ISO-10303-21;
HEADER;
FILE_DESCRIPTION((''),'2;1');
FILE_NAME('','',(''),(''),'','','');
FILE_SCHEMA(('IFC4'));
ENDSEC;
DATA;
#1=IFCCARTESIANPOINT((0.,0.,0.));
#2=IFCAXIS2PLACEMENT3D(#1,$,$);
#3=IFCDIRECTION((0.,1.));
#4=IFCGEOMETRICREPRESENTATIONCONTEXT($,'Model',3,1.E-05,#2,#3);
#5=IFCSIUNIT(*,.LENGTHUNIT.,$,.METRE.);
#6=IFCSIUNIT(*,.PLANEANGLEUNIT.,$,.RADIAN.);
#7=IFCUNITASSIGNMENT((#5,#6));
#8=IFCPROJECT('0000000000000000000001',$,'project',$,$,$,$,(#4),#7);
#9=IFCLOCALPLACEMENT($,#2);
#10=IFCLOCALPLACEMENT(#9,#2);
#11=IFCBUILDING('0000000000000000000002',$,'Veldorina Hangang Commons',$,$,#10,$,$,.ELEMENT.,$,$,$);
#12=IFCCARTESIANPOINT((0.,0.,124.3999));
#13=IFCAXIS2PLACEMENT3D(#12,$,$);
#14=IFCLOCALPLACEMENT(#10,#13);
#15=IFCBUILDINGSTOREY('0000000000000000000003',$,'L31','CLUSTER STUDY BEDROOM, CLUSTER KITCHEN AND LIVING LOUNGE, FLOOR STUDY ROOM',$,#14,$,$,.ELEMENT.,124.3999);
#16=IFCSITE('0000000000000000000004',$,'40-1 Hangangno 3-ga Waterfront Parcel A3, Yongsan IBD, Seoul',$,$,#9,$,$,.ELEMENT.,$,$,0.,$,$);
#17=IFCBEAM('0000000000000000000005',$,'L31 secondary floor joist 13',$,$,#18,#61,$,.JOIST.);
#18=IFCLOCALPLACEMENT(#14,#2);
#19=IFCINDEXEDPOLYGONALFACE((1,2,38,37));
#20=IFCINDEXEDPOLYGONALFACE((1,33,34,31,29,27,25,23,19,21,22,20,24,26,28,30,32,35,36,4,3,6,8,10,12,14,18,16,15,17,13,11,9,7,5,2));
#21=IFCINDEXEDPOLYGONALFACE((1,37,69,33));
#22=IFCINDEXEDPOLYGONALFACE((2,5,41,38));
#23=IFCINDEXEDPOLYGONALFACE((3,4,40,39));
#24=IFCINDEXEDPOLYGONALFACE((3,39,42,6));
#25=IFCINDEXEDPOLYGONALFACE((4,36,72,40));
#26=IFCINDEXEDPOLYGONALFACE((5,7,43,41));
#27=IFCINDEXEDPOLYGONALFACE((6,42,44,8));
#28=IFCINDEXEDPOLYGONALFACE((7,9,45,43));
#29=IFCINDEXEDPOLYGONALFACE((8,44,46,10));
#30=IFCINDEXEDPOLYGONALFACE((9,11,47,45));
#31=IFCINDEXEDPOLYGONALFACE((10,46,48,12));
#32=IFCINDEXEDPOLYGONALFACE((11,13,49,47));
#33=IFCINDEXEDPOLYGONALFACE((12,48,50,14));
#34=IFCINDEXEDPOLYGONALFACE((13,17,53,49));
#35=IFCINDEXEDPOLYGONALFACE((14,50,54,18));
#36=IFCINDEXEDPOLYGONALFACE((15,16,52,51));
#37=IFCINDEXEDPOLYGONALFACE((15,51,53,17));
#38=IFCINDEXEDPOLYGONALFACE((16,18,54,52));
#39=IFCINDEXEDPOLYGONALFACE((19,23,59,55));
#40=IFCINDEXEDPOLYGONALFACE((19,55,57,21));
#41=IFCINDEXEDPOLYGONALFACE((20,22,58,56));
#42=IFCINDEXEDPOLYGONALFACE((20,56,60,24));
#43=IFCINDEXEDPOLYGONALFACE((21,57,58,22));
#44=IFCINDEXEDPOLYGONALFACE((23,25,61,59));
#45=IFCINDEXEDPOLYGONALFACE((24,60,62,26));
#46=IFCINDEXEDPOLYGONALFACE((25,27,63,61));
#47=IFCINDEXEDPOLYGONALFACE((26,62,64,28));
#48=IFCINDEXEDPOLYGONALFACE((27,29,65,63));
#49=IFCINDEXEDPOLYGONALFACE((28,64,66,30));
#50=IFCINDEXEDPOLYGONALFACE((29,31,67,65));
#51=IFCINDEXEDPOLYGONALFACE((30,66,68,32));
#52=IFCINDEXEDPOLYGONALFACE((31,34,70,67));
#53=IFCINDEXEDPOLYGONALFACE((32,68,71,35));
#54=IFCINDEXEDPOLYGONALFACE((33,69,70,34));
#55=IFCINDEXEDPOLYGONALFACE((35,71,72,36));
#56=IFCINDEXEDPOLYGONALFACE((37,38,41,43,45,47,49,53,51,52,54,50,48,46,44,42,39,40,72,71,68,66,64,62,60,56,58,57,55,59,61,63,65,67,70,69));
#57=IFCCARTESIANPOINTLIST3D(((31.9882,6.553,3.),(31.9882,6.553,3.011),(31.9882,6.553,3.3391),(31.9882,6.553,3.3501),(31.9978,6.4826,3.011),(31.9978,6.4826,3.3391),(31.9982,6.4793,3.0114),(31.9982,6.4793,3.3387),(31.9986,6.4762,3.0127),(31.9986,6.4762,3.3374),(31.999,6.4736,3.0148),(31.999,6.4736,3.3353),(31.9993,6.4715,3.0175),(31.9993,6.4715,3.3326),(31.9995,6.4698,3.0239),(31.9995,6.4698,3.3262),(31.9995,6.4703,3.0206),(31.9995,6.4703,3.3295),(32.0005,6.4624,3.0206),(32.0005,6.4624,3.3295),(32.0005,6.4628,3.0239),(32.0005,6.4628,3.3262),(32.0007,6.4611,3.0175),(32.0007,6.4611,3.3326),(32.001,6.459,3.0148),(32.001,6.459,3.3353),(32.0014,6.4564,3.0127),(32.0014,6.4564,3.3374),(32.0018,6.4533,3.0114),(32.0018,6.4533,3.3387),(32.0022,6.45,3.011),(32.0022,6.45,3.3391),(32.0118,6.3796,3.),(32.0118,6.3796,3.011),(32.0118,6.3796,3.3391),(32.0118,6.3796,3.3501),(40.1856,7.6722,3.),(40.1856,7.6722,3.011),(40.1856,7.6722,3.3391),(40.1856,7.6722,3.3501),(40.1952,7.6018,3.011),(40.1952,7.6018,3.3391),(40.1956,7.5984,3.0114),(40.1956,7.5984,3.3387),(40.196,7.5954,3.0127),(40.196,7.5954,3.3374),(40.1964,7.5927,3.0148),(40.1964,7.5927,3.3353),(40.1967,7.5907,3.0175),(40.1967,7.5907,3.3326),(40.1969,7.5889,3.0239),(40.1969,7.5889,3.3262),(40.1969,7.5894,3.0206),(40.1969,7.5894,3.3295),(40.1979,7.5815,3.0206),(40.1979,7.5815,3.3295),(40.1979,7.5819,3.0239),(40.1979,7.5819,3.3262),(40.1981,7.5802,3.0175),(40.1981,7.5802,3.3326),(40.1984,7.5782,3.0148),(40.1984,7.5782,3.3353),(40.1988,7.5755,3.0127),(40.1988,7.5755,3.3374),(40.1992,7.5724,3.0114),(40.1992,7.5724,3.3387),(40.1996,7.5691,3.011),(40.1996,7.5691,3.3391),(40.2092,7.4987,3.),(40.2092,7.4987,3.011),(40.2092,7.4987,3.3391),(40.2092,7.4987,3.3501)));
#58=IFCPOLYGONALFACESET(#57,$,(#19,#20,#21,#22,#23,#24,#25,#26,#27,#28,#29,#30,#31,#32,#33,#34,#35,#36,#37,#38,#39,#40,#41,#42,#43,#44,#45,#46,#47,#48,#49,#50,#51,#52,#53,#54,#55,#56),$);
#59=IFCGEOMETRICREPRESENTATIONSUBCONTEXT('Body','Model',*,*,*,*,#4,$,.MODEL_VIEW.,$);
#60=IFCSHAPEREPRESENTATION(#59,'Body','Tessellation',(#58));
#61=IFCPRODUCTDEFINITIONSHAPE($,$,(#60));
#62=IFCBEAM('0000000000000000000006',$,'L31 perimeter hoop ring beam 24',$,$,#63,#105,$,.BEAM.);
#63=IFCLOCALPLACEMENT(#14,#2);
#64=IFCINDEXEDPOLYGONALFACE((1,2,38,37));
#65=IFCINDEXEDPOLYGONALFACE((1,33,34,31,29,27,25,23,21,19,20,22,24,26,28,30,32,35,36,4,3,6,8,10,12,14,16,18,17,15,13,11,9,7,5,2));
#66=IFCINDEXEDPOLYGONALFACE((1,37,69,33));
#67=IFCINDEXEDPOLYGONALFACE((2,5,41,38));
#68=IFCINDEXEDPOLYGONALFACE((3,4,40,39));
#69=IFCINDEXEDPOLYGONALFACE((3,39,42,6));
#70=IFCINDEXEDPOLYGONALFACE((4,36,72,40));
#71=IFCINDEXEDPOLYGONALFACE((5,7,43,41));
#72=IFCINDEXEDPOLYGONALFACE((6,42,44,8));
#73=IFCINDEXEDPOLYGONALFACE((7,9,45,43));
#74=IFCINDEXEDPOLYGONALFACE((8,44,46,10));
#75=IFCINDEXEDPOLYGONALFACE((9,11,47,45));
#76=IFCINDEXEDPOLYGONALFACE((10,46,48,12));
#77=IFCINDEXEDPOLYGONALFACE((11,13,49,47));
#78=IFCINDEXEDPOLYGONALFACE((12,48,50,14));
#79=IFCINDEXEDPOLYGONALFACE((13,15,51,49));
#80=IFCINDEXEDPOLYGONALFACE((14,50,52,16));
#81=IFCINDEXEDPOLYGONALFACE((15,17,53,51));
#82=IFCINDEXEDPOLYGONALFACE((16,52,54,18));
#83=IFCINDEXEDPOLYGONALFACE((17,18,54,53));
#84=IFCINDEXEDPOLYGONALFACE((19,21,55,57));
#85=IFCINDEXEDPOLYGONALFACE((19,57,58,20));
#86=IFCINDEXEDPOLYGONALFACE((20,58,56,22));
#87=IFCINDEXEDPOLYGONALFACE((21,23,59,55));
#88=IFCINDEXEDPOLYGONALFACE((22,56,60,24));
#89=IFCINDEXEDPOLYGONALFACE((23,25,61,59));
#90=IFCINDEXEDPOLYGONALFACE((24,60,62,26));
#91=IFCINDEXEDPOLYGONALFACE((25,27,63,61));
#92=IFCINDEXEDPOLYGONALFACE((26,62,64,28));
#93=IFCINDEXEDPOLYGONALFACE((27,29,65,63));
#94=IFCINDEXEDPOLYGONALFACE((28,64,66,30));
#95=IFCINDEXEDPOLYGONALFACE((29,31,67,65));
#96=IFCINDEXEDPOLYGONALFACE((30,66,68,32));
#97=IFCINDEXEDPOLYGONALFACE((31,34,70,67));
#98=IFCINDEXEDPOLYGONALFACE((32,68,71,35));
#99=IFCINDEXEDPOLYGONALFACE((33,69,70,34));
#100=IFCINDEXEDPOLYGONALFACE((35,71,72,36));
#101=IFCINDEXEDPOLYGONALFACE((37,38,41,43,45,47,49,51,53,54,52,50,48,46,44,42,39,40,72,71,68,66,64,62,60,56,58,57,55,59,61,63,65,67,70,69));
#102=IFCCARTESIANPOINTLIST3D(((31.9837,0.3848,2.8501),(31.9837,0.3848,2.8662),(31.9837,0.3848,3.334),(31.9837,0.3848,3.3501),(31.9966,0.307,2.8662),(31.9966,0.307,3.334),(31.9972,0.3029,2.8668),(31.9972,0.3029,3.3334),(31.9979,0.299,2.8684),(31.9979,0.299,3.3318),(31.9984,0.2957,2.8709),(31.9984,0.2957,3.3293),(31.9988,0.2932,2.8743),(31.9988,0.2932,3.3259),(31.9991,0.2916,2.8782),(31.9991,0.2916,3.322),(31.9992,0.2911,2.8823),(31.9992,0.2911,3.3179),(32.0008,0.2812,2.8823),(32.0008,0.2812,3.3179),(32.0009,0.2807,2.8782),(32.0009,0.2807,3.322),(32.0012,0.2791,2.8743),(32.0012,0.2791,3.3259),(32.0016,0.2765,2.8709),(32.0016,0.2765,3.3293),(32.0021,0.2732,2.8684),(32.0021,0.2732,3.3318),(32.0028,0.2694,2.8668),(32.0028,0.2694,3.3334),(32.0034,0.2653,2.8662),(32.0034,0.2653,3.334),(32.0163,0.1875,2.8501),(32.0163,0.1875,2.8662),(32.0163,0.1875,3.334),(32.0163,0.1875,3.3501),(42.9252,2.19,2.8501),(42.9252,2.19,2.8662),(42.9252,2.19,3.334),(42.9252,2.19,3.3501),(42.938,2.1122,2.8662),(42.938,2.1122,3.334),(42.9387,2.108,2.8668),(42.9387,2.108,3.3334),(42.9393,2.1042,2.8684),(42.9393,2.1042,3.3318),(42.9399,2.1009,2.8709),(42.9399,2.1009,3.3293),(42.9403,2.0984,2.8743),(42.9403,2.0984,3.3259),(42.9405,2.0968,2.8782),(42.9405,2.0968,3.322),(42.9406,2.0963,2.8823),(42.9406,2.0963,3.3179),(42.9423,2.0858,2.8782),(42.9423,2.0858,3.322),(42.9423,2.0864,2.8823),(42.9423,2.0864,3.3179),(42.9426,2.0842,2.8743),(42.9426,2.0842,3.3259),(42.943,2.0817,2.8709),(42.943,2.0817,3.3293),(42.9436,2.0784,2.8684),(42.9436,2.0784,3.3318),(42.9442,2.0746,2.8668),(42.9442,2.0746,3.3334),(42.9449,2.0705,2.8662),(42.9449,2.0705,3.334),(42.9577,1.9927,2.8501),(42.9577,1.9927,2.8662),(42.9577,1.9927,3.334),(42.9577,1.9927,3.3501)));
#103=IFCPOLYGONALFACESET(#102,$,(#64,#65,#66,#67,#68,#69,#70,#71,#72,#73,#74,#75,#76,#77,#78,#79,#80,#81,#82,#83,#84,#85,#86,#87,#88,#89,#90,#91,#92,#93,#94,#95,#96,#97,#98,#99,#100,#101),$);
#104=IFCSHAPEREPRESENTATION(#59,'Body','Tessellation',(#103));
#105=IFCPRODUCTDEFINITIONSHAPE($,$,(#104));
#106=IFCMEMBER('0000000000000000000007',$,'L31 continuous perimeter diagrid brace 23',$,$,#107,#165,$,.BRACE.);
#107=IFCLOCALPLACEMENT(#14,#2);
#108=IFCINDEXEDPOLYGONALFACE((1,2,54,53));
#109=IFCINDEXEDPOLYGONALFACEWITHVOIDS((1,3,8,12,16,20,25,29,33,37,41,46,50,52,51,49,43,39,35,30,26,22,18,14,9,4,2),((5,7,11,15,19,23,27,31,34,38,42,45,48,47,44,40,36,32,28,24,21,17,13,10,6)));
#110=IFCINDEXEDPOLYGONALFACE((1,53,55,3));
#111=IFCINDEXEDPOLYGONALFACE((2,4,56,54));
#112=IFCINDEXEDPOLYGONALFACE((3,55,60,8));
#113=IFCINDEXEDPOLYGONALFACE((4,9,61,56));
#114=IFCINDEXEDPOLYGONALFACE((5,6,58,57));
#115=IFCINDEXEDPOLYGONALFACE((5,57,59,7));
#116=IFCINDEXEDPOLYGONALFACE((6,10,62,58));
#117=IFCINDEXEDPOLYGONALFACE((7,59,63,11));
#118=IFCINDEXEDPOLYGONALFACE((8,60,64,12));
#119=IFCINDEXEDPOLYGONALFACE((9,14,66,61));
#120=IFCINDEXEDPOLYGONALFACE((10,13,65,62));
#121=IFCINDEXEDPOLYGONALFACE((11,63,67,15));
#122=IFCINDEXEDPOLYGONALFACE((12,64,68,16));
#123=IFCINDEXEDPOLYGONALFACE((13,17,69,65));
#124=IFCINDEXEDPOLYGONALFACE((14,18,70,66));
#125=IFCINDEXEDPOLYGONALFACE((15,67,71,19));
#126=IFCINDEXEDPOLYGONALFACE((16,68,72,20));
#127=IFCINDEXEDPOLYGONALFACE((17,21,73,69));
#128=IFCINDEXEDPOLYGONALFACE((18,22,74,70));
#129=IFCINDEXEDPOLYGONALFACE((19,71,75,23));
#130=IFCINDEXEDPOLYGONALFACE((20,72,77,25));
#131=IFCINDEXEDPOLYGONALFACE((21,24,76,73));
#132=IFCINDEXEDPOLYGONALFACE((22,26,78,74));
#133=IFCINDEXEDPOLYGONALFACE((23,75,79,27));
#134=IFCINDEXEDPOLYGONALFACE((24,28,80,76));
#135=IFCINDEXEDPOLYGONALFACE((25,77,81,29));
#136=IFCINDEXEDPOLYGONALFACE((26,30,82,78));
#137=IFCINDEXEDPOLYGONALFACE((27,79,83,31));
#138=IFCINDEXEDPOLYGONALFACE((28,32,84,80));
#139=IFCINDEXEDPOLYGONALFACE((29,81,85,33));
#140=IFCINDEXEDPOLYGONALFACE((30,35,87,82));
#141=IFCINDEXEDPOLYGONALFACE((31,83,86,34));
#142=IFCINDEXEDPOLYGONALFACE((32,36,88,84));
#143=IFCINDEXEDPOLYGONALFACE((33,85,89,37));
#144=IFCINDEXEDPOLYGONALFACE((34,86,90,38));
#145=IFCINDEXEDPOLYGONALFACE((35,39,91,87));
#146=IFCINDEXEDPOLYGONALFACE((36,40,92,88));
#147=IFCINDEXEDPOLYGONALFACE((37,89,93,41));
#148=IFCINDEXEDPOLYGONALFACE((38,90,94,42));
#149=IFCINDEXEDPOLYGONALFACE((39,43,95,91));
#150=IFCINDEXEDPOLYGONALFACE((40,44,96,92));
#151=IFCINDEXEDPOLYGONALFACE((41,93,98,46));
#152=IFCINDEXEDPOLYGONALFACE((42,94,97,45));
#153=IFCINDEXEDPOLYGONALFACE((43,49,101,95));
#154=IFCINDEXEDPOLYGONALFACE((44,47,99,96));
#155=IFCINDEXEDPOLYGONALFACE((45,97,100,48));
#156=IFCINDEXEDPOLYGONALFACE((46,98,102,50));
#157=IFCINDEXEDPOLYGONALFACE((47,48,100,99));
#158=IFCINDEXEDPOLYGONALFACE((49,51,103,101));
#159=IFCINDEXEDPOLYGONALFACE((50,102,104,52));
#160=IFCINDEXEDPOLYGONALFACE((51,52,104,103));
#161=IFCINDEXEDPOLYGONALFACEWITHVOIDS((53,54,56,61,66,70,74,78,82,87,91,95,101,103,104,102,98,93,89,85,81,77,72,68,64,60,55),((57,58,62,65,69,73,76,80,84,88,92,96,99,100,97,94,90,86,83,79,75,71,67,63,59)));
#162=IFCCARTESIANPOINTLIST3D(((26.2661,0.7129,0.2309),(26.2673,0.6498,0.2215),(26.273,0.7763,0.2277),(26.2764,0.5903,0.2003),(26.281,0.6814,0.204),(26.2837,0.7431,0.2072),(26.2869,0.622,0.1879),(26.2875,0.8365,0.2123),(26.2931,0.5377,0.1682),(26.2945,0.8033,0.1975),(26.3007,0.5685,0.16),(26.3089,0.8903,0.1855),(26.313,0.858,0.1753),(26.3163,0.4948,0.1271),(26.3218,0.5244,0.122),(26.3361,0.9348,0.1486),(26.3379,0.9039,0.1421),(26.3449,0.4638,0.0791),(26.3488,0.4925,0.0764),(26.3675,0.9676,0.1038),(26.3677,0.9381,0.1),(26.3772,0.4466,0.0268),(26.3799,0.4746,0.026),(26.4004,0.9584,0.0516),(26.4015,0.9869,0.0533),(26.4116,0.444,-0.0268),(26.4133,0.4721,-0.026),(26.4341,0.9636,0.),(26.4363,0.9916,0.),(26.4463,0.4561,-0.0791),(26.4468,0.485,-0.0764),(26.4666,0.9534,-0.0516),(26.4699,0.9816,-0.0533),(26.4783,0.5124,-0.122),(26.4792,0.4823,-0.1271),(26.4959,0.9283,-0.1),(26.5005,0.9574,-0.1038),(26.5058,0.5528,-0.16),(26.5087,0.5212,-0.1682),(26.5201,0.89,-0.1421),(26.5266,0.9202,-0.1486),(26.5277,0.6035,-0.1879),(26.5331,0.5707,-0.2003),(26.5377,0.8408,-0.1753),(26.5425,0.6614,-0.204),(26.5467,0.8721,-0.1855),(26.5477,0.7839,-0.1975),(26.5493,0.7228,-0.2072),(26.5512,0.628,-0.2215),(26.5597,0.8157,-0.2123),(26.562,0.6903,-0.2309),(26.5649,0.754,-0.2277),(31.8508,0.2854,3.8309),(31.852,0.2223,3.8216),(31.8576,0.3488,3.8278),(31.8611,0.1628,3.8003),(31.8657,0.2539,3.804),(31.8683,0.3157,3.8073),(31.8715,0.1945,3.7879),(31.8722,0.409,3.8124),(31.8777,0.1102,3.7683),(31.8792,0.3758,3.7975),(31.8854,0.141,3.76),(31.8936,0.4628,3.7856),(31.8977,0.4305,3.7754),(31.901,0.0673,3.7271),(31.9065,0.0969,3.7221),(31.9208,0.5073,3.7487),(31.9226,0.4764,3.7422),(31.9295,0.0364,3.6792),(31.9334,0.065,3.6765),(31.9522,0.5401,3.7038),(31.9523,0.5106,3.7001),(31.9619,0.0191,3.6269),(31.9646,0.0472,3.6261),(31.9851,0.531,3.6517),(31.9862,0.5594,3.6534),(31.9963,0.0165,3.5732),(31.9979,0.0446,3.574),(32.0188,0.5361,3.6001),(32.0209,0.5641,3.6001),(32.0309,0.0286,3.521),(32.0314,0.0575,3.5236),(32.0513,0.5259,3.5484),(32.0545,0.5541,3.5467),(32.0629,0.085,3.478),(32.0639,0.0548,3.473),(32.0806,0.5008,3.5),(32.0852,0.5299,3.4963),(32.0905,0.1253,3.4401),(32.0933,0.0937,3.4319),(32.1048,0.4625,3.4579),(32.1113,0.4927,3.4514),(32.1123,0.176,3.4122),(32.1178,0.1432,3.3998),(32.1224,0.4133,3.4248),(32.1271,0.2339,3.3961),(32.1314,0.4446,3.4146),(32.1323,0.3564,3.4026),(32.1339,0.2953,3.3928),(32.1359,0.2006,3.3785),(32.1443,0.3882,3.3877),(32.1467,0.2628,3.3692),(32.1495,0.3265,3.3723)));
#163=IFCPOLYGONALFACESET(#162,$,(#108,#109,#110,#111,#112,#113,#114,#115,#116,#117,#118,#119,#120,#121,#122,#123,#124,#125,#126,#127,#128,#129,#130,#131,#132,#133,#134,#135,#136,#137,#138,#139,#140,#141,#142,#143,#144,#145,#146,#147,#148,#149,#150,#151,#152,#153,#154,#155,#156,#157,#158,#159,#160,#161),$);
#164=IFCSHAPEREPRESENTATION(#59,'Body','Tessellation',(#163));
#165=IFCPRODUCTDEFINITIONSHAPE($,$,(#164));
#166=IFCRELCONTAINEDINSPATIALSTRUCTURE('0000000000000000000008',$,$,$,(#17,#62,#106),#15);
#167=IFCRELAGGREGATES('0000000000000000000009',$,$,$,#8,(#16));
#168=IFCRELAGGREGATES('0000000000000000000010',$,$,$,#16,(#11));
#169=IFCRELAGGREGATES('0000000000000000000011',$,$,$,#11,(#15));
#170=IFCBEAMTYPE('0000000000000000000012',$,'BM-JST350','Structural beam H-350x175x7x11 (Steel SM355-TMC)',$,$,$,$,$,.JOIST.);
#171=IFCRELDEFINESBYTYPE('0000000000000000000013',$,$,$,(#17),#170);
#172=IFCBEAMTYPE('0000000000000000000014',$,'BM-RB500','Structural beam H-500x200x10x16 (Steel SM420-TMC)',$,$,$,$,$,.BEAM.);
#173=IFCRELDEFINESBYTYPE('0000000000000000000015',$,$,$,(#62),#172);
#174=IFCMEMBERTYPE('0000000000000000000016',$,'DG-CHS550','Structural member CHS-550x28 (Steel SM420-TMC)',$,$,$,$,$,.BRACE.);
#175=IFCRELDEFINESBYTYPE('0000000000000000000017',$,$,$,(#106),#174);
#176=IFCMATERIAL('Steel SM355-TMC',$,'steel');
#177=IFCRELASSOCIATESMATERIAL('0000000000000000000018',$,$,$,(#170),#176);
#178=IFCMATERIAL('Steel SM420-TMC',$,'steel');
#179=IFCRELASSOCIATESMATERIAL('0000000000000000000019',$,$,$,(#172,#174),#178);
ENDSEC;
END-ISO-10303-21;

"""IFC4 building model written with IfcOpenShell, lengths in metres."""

from ifc_helpers import new_model, si_unit, direction, frame, origin, origin_2d, place, context, subcontext, project, spatial, hollow_circle, i_section, extrude, material, material_profile, profile_set, type_object, element, save


model = new_model("IFC4")

# Units and contexts
model_context = context("Model", 3, precision=1e-05, world=origin(), true_north=direction((0.0, 1.0)))
body_context = subcontext(model_context, "Body", "Model", "MODEL_VIEW")
ifc_project = project(units=[si_unit("LENGTHUNIT", "METRE"), si_unit("PLANEANGLEUNIT", "RADIAN")], contexts=[model_context])

# Site, building, storey
site_placement = place(None, origin())
site = spatial("IfcSite", under=ifc_project, at=site_placement, Name="40-1 Hangangno 3-ga Waterfront Parcel A3, Yongsan IBD, Seoul", CompositionType="ELEMENT", RefElevation=0.0)
building_placement = place(site_placement, origin())
building = spatial("IfcBuilding", under=site, at=building_placement, Name="Veldorina Hangang Commons", CompositionType="ELEMENT")
storey_placement = place(building_placement, frame((0.0, 0.0, 124.3999)))
storey = spatial("IfcBuildingStorey", under=building, at=storey_placement, Name="L31", Description="CLUSTER STUDY BEDROOM, CLUSTER KITCHEN AND LIVING LOUNGE, FLOOR STUDY ROOM", CompositionType="ELEMENT", Elevation=124.3999)

# Beams
ifc_material_1 = material(Name="Steel SM355-TMC", Category="steel")
ifc_material_profile_1 = material_profile(ifc_material_1, i_section(OverallWidth=0.175, OverallDepth=0.3501, WebThickness=0.0071, FlangeThickness=0.011, FilletRadius=0.0129, at=origin_2d()), Name="H-350x175x7x11")
ifc_profile_set_1 = profile_set([ifc_material_profile_1], Name="Steel SM355-TMC")
beam_type_1 = type_object("IfcBeamType", Name="BM-JST350", Description="Structural beam H-350x175x7x11 (Steel SM355-TMC)", PredefinedType="JOIST", material=ifc_profile_set_1)
beam_1_placement = place(storey_placement, frame((32.0, 6.4663, 3.175), z_axis=(0.990809, 0.135267, 0.0), x_axis=(-0.135267, 0.990809, 0.0)))
element("IfcBeam", 1, at=beam_1_placement, inside=storey, type_object=beam_type_1, Name="L31 secondary floor joist 13", PredefinedType="JOIST", context=body_context, shape_type="SweptSolid", body=[
    extrude(i_section(OverallWidth=0.175, OverallDepth=0.3501, WebThickness=0.0071, FlangeThickness=0.011, FilletRadius=0.0129, at=origin_2d()), origin(), (0.0, 0.0, 1.0), 8.2734),
])
ifc_material_2 = material(Name="Steel SM420-TMC", Category="steel")
ifc_material_profile_2 = material_profile(ifc_material_2, i_section(OverallWidth=0.2, OverallDepth=0.5, WebThickness=0.01, FlangeThickness=0.0161, FilletRadius=0.0161, at=origin_2d()), Name="H-500x200x10x16")
ifc_profile_set_2 = profile_set([ifc_material_profile_2], Name="Steel SM420-TMC")
beam_type_2 = type_object("IfcBeamType", Name="BM-RB500", Description="Structural beam H-500x200x10x16 (Steel SM420-TMC)", PredefinedType="BEAM", material=ifc_profile_set_2)
beam_2_placement = place(storey_placement, frame((32.0, 0.2861, 3.1001), z_axis=(0.986662, 0.162785, 0.0), x_axis=(-0.162785, 0.986662, 0.0)))
element("IfcBeam", 2, at=beam_2_placement, inside=storey, type_object=beam_type_2, Name="L31 perimeter hoop ring beam 24", PredefinedType="BEAM", context=body_context, shape_type="SweptSolid", body=[
    extrude(i_section(OverallWidth=0.2, OverallDepth=0.5, WebThickness=0.01, FlangeThickness=0.0161, FilletRadius=0.0161, at=origin_2d()), origin(), (0.0, 0.0, 1.0), 11.0894),
])

# Member
ifc_material_profile_3 = material_profile(ifc_material_2, hollow_circle(Radius=0.2749, WallThickness=0.0281, at=origin_2d()), Name="CHS-550x28")
ifc_profile_set_3 = profile_set([ifc_material_profile_3], Name="Steel SM420-TMC")
member_type = type_object("IfcMemberType", Name="DG-CHS550", Description="Structural member CHS-550x28 (Steel SM420-TMC)", PredefinedType="BRACE", material=ifc_profile_set_3)
member_1_placement = place(storey_placement, frame((26.4153, 0.7175, 0.0), z_axis=(0.838764, -0.064204, 0.540696), x_axis=(0.076323, 0.997083, 0.0)))
element("IfcMember", 3, at=member_1_placement, inside=storey, type_object=member_type, Name="L31 continuous perimeter diagrid brace 23", PredefinedType="BRACE", context=body_context, shape_type="SweptSolid", body=[
    extrude(hollow_circle(Radius=0.2749, WallThickness=0.0281, at=origin_2d()), origin(), (0.0, 0.0, 1.0), 6.6582),
])

save(model, "model.ifc")
